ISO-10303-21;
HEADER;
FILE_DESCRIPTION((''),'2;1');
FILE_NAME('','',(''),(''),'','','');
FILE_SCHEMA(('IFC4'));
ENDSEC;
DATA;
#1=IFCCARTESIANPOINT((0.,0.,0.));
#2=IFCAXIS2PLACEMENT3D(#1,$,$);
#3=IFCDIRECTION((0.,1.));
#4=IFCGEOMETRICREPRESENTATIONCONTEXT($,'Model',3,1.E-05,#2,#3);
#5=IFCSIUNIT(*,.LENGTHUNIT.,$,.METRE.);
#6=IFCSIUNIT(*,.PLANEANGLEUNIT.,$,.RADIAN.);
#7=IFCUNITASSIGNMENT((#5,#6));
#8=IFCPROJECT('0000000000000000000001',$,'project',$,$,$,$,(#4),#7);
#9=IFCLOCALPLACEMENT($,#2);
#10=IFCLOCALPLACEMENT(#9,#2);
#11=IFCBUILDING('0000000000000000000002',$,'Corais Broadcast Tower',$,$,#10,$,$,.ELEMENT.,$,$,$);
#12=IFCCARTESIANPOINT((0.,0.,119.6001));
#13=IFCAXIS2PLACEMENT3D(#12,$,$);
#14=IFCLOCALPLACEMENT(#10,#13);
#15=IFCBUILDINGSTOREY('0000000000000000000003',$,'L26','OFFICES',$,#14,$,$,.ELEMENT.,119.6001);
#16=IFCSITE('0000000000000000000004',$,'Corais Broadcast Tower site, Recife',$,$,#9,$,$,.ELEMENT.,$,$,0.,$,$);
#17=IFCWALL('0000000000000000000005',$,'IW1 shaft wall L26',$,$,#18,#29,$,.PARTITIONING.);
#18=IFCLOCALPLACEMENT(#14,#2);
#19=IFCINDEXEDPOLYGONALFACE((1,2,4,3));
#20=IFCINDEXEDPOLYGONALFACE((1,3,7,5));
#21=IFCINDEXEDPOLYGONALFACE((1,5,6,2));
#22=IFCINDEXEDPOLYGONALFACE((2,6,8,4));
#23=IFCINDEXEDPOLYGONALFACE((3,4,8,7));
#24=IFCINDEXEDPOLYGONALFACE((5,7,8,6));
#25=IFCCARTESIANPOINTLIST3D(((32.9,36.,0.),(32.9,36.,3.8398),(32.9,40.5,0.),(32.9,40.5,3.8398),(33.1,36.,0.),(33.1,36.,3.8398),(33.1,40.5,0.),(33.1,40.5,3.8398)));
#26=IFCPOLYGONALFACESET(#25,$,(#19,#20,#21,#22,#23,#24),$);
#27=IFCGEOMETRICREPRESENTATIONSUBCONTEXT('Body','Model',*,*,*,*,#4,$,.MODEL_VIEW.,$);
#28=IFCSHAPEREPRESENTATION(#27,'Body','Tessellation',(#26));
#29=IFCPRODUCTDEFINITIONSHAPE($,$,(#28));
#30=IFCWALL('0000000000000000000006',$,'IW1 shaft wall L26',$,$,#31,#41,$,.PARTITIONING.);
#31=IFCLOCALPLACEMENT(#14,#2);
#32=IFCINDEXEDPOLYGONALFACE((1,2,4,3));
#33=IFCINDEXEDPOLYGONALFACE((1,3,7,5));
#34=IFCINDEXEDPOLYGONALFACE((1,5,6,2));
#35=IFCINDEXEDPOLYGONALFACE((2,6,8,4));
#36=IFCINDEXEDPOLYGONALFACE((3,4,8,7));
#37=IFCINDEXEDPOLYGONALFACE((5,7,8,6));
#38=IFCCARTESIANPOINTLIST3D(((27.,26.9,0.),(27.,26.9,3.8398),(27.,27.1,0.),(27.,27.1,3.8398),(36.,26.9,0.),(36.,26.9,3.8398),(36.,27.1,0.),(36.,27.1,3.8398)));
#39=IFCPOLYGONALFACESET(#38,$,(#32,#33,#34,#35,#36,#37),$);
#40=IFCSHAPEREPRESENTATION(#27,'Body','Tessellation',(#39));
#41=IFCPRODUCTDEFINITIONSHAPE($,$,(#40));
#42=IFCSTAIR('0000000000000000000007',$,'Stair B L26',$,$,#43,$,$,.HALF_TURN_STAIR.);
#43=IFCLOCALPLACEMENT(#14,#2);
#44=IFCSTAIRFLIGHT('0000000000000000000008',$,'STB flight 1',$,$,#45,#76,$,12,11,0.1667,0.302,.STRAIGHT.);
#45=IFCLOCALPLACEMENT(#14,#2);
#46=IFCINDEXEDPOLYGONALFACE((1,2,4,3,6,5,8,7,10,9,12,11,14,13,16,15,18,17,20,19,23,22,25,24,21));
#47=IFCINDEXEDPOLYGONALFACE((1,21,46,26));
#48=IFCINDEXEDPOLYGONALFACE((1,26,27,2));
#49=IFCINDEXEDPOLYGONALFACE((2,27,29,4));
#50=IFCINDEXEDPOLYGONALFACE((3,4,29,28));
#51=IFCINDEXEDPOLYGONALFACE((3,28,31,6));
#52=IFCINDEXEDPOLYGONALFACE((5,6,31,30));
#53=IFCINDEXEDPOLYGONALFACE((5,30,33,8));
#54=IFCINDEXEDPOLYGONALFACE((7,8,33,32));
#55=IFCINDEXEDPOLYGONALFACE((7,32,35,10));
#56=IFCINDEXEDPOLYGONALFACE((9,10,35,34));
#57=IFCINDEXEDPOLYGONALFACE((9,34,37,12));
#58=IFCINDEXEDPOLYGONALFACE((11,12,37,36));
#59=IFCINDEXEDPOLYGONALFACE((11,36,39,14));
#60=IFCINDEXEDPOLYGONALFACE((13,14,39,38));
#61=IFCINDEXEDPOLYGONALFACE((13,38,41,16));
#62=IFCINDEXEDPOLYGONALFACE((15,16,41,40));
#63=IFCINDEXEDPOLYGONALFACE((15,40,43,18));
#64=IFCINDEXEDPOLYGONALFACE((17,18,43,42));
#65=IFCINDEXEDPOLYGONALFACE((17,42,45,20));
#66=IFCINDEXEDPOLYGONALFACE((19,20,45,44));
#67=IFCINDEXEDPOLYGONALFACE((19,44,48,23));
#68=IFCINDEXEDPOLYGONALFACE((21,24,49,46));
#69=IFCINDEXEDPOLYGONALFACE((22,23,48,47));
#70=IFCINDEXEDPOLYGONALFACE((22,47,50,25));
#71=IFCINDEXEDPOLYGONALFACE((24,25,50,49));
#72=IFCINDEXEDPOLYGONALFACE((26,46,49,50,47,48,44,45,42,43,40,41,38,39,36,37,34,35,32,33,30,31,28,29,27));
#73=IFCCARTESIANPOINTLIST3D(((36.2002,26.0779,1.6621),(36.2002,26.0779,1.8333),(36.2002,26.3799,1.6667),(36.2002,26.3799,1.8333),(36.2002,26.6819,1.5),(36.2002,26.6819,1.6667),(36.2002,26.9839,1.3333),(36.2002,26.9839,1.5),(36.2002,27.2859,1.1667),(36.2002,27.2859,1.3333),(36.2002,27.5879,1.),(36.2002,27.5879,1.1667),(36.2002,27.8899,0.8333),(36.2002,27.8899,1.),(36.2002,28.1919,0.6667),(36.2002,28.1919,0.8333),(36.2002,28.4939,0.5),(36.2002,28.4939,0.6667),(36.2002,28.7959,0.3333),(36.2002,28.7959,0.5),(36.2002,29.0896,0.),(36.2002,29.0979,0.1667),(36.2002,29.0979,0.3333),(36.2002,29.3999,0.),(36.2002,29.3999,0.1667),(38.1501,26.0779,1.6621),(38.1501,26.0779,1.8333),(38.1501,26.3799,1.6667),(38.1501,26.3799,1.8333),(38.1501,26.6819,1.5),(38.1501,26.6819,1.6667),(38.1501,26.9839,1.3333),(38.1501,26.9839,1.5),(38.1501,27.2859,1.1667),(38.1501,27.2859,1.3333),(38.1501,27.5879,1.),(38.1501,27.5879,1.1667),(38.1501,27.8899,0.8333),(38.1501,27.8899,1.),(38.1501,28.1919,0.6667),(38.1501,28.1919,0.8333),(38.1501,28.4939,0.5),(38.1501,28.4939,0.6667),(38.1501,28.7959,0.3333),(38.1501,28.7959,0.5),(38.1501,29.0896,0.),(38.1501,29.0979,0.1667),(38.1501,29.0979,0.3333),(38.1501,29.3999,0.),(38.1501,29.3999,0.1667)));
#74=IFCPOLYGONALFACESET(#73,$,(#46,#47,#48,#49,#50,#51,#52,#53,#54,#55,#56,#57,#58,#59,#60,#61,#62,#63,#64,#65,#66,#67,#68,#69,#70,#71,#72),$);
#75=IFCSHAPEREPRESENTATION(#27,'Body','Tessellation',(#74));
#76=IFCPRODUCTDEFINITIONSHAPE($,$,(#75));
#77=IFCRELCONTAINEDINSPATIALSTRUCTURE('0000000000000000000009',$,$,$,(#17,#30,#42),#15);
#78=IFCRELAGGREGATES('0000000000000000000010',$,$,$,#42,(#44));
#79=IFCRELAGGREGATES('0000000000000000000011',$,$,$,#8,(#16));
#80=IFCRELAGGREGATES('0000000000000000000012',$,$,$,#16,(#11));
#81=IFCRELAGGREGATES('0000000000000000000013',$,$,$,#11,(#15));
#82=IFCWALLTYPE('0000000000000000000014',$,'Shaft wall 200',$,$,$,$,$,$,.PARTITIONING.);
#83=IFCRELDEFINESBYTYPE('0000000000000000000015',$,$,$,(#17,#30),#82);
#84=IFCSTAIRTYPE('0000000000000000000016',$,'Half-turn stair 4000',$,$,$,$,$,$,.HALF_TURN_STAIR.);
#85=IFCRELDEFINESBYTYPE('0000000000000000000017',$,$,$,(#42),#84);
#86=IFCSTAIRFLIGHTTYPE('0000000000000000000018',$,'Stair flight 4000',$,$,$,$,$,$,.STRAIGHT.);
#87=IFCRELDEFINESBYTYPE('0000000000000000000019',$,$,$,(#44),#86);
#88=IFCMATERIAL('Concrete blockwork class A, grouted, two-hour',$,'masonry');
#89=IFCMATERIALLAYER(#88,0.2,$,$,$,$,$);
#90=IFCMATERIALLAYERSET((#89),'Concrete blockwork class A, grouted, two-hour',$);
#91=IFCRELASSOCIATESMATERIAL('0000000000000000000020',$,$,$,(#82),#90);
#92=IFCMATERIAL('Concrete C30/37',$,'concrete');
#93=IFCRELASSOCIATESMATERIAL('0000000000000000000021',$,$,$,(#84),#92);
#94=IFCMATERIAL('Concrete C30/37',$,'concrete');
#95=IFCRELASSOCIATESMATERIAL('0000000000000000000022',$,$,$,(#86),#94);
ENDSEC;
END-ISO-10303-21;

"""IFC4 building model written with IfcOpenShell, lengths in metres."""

from ifc_helpers import new_model, si_unit, direction, frame, frame_2d, origin, place, context, subcontext, project, spatial, polyline, rectangle, outline, extrude, material, layer, layer_set, type_object, element, aggregate, save


model = new_model("IFC4")

# Units and contexts
model_context = context("Model", 3, precision=1e-05, world=origin(), true_north=direction((0.0, 1.0)))
body_context = subcontext(model_context, "Body", "Model", "MODEL_VIEW")
ifc_project = project(units=[si_unit("LENGTHUNIT", "METRE"), si_unit("PLANEANGLEUNIT", "RADIAN")], contexts=[model_context])

# Site, building, storey
site_placement = place(None, origin())
site = spatial("IfcSite", under=ifc_project, at=site_placement, Name="Corais Broadcast Tower site, Recife", CompositionType="ELEMENT", RefElevation=0.0)
building_placement = place(site_placement, origin())
building = spatial("IfcBuilding", under=site, at=building_placement, Name="Corais Broadcast Tower", CompositionType="ELEMENT")
storey_placement = place(building_placement, frame((0.0, 0.0, 119.6001)))
storey = spatial("IfcBuildingStorey", under=building, at=storey_placement, Name="L26", Description="OFFICES", CompositionType="ELEMENT", Elevation=119.6001)

# Walls
ifc_material_1 = material(Name="Concrete blockwork class A, grouted, two-hour", Category="masonry")
ifc_layer_1 = layer(ifc_material_1, 0.2)
ifc_layer_set_1 = layer_set([ifc_layer_1], Name="Concrete blockwork class A, grouted, two-hour")
wall_type_1 = type_object("IfcWallType", Name="Shaft wall 200", PredefinedType="PARTITIONING", material=ifc_layer_set_1)
for number, where, z_axis, x_axis, name in (
    (1, (33.0, 36.0, 0.0), (0.0, 0.0, 1.0), (0.0, 1.0, 0.0), "IW1 shaft wall L26"),
):
    element("IfcWall", number, at=place(storey_placement, frame(where, z_axis=z_axis, x_axis=x_axis)), inside=storey, type_object=wall_type_1, Name=name, PredefinedType="PARTITIONING", context=body_context, shape_type="SweptSolid", body=[
        extrude(rectangle(XDim=4.5, YDim=0.2, at=frame_2d((2.25, 0.0))), origin(), (0.0, 0.0, 1.0), 3.8398),
    ])
wall_1_placement = place(storey_placement, frame((27.0, 27.0, 0.0), z_axis=(0.0, 0.0, 1.0), x_axis=(1.0, 0.0, 0.0)))
element("IfcWall", 2, at=wall_1_placement, inside=storey, type_object=wall_type_1, Name="IW1 shaft wall L26", PredefinedType="PARTITIONING", context=body_context, shape_type="SweptSolid", body=[
    extrude(rectangle(XDim=9.0, YDim=0.2, at=frame_2d((4.5, 0.0))), origin(), (0.0, 0.0, 1.0), 3.8398),
])

# Stair, stair flight
ifc_material_2 = material(Name="Concrete C30/37", Category="concrete")
stair_type = type_object("IfcStairType", Name="Half-turn stair 4000", PredefinedType="HALF_TURN_STAIR", material=ifc_material_2)
stair_placement = place(storey_placement, origin())
stair = element("IfcStair", 3, at=stair_placement, inside=storey, type_object=stair_type, Name="Stair B L26", PredefinedType="HALF_TURN_STAIR")
ifc_material_3 = material(Name="Concrete C30/37", Category="concrete")
stair_flight_type = type_object("IfcStairFlightType", Name="Stair flight 4000", PredefinedType="STRAIGHT", material=ifc_material_3)
stair_flight_placement = place(storey_placement, frame((37.175, 29.3999, 0.0), z_axis=(0.0, 0.0, 1.0), x_axis=(0.0, -1.0, 0.0)))
stair_flight = element("IfcStairFlight", 4, at=stair_flight_placement, type_object=stair_flight_type, Name="STB flight 1", NumberOfRisers=12, NumberOfTreads=11, PredefinedType="STRAIGHT", RiserHeight=0.1667, TreadLength=0.302, context=body_context, shape_type="SweptSolid", body=[
    extrude(outline(polyline([(0.0, 0.0), (0.0, 0.1667), (0.302, 0.1667), (0.302, 0.3333), (0.604, 0.3333), (0.604, 0.5), (0.906, 0.5), (0.906, 0.6667), (1.208, 0.6667), (1.208, 0.8333), (1.51, 0.8333), (1.51, 1.0), (1.812, 1.0), (1.812, 1.1667), (2.114, 1.1667), (2.114, 1.3333), (2.416, 1.3333), (2.416, 1.5), (2.718, 1.5), (2.718, 1.6667), (3.02, 1.6667), (3.02, 1.8333), (3.322, 1.8333), (3.322, 2.0), (3.322, 1.6621), (0.3103, 0.0), (0.0, 0.0)])), frame((0.0, 0.9751, 0.0), z_axis=(0.0, -1.0, 0.0), x_axis=(1.0, 0.0, 0.0)), (0.0, 0.0, 1.0), 1.95),
])
aggregate(stair, [stair_flight])

save(model, "model.ifc")
